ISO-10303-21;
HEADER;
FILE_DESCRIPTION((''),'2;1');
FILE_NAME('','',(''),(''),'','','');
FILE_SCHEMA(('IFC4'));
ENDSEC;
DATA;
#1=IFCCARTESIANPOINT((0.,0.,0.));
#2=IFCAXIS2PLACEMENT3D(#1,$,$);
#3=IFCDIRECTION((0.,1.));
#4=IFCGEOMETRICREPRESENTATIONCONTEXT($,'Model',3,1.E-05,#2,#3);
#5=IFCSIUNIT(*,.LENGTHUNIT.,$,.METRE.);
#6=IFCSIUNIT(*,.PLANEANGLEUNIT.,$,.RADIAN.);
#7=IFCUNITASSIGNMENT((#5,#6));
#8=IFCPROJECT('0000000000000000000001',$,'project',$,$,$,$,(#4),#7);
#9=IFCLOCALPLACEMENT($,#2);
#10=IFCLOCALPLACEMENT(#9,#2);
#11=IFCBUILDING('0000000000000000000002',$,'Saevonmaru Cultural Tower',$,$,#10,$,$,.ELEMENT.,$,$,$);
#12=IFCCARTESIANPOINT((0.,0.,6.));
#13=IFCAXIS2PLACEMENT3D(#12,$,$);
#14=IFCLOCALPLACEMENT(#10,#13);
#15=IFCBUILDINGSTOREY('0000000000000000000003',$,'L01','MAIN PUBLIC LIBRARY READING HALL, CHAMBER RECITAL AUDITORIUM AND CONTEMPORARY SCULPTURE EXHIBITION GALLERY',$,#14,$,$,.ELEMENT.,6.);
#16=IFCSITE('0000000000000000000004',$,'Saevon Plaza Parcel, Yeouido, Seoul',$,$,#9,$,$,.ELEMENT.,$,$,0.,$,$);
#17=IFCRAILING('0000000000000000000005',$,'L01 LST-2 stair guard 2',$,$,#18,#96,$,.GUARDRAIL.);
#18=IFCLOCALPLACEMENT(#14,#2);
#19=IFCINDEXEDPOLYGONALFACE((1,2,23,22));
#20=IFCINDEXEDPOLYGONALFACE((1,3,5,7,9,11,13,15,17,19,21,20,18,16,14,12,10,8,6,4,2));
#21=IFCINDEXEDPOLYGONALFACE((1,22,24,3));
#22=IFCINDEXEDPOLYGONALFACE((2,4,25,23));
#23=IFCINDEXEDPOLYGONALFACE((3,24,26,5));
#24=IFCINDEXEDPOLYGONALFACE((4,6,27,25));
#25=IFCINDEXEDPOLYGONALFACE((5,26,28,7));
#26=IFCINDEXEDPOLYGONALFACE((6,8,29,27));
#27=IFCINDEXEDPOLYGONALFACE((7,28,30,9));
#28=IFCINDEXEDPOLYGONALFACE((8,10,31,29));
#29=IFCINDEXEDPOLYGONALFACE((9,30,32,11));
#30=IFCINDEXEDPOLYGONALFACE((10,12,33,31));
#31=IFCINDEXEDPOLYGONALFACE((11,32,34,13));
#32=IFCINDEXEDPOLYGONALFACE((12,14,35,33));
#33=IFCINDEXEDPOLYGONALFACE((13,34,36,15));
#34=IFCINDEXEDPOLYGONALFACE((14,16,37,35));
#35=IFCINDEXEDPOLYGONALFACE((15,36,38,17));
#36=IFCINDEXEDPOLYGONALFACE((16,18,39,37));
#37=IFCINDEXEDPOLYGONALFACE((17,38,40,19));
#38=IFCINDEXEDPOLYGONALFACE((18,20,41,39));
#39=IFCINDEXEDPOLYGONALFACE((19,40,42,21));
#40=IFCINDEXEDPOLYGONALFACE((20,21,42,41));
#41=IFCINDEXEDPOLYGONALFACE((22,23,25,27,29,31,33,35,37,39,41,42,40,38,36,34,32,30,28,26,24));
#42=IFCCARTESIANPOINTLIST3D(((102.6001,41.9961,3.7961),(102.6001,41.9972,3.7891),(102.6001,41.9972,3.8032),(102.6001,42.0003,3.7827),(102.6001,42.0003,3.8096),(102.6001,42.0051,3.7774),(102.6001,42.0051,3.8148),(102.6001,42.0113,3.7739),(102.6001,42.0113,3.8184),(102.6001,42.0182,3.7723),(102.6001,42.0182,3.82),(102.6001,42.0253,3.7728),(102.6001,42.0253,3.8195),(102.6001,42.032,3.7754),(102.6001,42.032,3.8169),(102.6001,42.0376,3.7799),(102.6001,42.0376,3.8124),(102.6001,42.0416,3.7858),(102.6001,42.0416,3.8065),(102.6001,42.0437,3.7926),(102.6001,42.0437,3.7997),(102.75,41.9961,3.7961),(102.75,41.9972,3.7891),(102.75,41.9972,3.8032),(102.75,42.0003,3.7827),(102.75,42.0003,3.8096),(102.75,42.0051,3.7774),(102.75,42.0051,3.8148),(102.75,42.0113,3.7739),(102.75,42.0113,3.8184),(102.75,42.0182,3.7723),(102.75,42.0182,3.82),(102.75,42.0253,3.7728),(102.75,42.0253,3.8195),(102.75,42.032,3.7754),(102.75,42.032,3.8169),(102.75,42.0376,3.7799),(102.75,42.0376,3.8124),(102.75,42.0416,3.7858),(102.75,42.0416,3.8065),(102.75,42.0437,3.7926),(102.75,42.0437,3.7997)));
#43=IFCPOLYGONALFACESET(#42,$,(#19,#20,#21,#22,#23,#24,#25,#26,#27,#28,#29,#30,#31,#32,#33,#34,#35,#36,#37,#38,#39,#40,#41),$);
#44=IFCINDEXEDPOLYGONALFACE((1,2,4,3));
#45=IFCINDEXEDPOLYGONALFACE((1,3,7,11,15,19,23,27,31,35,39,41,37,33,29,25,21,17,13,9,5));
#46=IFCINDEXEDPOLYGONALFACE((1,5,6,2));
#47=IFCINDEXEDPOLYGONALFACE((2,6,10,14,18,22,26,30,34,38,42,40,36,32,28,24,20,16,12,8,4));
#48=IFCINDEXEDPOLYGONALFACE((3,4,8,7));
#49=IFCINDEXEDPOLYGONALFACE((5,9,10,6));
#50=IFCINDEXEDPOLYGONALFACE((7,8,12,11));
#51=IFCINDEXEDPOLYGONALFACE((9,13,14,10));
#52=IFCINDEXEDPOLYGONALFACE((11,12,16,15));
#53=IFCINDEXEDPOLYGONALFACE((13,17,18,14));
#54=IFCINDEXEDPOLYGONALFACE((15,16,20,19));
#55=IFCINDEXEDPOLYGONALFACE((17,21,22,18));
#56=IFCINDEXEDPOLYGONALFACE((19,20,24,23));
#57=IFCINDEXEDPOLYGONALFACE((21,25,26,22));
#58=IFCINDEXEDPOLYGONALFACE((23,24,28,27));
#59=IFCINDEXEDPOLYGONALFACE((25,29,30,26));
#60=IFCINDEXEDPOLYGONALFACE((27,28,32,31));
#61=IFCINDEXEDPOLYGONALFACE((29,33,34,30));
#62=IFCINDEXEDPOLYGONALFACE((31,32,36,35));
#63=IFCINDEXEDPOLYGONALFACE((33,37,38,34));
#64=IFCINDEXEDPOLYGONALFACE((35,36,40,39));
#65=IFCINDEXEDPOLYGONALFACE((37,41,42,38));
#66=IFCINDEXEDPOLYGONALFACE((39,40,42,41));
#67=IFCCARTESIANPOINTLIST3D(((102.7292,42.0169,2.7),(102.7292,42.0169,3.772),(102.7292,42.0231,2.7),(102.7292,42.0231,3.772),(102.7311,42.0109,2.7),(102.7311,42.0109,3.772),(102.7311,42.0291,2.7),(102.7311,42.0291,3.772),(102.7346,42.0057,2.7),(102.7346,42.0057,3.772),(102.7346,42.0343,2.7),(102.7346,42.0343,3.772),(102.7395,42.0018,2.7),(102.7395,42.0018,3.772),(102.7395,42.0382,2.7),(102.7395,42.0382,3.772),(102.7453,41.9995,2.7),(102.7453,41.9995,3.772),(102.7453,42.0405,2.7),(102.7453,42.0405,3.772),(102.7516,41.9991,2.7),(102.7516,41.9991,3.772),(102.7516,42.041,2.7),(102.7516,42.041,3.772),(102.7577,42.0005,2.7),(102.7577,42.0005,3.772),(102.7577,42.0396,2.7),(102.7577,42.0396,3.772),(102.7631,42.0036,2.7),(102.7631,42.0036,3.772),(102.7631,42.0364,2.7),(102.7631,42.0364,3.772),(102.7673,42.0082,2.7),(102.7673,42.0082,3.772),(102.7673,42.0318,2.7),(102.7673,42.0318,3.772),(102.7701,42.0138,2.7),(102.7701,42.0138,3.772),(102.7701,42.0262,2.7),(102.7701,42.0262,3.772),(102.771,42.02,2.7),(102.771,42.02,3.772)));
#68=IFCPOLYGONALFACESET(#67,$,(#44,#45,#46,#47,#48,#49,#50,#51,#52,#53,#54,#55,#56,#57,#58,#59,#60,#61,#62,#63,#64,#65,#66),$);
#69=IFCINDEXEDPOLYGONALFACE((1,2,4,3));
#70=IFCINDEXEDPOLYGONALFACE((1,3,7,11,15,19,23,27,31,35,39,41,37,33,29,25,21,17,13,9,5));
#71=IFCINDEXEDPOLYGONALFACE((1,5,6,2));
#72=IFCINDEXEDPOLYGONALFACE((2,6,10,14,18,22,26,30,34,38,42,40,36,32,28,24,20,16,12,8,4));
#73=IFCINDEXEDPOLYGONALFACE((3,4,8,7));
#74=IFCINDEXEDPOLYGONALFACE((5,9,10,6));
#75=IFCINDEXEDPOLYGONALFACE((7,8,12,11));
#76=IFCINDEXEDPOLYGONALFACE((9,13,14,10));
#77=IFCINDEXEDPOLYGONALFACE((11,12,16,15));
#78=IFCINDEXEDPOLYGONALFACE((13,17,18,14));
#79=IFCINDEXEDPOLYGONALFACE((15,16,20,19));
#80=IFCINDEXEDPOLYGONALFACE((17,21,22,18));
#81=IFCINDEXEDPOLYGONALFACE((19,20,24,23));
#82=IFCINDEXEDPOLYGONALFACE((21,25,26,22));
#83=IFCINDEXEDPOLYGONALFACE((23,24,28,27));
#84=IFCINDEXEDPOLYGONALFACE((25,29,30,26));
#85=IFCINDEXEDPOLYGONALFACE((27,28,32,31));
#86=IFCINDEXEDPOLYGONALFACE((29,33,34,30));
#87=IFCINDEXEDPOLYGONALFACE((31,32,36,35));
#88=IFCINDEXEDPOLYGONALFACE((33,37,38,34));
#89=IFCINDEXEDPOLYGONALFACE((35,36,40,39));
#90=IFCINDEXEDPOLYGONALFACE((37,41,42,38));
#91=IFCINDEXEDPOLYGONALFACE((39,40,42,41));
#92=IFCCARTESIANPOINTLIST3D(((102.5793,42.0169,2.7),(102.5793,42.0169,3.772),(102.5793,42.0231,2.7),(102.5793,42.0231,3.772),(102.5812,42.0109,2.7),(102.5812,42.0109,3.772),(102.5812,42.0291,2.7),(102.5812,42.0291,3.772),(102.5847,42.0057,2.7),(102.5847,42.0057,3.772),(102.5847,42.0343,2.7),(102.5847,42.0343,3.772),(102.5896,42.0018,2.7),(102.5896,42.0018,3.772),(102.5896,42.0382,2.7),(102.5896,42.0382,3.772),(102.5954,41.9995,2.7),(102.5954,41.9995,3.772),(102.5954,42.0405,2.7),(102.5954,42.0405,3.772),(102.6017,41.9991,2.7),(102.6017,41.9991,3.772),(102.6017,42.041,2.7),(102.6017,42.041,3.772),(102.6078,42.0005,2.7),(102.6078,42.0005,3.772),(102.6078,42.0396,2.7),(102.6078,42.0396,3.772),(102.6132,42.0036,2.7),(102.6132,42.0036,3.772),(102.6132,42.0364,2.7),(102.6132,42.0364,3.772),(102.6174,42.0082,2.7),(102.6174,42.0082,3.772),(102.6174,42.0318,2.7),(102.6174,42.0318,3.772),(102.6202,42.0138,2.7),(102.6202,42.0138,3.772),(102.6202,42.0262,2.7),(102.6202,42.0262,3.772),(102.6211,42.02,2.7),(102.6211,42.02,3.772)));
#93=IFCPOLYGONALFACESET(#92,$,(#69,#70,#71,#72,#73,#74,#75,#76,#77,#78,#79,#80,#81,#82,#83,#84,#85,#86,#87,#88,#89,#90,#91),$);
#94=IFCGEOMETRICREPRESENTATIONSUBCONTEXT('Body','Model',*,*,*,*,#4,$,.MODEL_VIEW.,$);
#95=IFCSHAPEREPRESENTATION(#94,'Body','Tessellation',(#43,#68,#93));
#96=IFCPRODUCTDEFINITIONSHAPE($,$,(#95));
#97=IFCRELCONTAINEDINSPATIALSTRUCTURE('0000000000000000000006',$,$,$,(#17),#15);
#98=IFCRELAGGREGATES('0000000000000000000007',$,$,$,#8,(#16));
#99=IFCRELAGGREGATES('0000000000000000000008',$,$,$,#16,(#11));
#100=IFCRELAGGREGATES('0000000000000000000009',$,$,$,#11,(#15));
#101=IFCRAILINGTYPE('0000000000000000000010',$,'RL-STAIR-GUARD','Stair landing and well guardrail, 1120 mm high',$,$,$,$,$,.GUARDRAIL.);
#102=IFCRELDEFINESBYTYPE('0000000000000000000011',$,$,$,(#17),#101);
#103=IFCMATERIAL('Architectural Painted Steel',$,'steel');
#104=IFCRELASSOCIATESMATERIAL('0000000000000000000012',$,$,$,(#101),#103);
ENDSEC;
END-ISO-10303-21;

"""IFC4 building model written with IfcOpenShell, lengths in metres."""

from ifc_helpers import new_model, si_unit, direction, frame, origin, origin_2d, place, context, subcontext, project, spatial, circle, extrude, material, type_object, element, save


model = new_model("IFC4")

# Units and contexts
model_context = context("Model", 3, precision=1e-05, world=origin(), true_north=direction((0.0, 1.0)))
body_context = subcontext(model_context, "Body", "Model", "MODEL_VIEW")
ifc_project = project(units=[si_unit("LENGTHUNIT", "METRE"), si_unit("PLANEANGLEUNIT", "RADIAN")], contexts=[model_context])

# Site, building, storey
site_placement = place(None, origin())
site = spatial("IfcSite", under=ifc_project, at=site_placement, Name="Saevon Plaza Parcel, Yeouido, Seoul", CompositionType="ELEMENT", RefElevation=0.0)
building_placement = place(site_placement, origin())
building = spatial("IfcBuilding", under=site, at=building_placement, Name="Saevonmaru Cultural Tower", CompositionType="ELEMENT")
storey_placement = place(building_placement, frame((0.0, 0.0, 6.0)))
storey = spatial("IfcBuildingStorey", under=building, at=storey_placement, Name="L01", Description="MAIN PUBLIC LIBRARY READING HALL, CHAMBER RECITAL AUDITORIUM AND CONTEMPORARY SCULPTURE EXHIBITION GALLERY", CompositionType="ELEMENT", Elevation=6.0)

# Railing
ifc_material_1 = material(Name="Architectural Painted Steel", Category="steel")
railing_type_1 = type_object("IfcRailingType", Name="RL-STAIR-GUARD", Description="Stair landing and well guardrail, 1120 mm high", PredefinedType="GUARDRAIL", material=ifc_material_1)
railing_1_placement = place(storey_placement, frame((102.75, 42.02, 2.7)))
element("IfcRailing", 1, at=railing_1_placement, inside=storey, type_object=railing_type_1, Name="L01 LST-2 stair guard 2", PredefinedType="GUARDRAIL", context=body_context, shape_type="SweptSolid", body=[
    extrude(circle(Radius=0.0239, at=origin_2d()), frame((0.0, 0.0, 1.0962), z_axis=(-1.0, 0.0, 0.0), x_axis=(0.0, -1.0, 0.0)), (0.0, 0.0, 1.0), 0.1499),
    extrude(circle(Radius=0.021, at=origin_2d()), origin(), (0.0, 0.0, 1.0), 1.072),
    extrude(circle(Radius=0.021, at=origin_2d()), frame((-0.1499, 0.0, 0.0)), (0.0, 0.0, 1.0), 1.072),
])

save(model, "model.ifc")
